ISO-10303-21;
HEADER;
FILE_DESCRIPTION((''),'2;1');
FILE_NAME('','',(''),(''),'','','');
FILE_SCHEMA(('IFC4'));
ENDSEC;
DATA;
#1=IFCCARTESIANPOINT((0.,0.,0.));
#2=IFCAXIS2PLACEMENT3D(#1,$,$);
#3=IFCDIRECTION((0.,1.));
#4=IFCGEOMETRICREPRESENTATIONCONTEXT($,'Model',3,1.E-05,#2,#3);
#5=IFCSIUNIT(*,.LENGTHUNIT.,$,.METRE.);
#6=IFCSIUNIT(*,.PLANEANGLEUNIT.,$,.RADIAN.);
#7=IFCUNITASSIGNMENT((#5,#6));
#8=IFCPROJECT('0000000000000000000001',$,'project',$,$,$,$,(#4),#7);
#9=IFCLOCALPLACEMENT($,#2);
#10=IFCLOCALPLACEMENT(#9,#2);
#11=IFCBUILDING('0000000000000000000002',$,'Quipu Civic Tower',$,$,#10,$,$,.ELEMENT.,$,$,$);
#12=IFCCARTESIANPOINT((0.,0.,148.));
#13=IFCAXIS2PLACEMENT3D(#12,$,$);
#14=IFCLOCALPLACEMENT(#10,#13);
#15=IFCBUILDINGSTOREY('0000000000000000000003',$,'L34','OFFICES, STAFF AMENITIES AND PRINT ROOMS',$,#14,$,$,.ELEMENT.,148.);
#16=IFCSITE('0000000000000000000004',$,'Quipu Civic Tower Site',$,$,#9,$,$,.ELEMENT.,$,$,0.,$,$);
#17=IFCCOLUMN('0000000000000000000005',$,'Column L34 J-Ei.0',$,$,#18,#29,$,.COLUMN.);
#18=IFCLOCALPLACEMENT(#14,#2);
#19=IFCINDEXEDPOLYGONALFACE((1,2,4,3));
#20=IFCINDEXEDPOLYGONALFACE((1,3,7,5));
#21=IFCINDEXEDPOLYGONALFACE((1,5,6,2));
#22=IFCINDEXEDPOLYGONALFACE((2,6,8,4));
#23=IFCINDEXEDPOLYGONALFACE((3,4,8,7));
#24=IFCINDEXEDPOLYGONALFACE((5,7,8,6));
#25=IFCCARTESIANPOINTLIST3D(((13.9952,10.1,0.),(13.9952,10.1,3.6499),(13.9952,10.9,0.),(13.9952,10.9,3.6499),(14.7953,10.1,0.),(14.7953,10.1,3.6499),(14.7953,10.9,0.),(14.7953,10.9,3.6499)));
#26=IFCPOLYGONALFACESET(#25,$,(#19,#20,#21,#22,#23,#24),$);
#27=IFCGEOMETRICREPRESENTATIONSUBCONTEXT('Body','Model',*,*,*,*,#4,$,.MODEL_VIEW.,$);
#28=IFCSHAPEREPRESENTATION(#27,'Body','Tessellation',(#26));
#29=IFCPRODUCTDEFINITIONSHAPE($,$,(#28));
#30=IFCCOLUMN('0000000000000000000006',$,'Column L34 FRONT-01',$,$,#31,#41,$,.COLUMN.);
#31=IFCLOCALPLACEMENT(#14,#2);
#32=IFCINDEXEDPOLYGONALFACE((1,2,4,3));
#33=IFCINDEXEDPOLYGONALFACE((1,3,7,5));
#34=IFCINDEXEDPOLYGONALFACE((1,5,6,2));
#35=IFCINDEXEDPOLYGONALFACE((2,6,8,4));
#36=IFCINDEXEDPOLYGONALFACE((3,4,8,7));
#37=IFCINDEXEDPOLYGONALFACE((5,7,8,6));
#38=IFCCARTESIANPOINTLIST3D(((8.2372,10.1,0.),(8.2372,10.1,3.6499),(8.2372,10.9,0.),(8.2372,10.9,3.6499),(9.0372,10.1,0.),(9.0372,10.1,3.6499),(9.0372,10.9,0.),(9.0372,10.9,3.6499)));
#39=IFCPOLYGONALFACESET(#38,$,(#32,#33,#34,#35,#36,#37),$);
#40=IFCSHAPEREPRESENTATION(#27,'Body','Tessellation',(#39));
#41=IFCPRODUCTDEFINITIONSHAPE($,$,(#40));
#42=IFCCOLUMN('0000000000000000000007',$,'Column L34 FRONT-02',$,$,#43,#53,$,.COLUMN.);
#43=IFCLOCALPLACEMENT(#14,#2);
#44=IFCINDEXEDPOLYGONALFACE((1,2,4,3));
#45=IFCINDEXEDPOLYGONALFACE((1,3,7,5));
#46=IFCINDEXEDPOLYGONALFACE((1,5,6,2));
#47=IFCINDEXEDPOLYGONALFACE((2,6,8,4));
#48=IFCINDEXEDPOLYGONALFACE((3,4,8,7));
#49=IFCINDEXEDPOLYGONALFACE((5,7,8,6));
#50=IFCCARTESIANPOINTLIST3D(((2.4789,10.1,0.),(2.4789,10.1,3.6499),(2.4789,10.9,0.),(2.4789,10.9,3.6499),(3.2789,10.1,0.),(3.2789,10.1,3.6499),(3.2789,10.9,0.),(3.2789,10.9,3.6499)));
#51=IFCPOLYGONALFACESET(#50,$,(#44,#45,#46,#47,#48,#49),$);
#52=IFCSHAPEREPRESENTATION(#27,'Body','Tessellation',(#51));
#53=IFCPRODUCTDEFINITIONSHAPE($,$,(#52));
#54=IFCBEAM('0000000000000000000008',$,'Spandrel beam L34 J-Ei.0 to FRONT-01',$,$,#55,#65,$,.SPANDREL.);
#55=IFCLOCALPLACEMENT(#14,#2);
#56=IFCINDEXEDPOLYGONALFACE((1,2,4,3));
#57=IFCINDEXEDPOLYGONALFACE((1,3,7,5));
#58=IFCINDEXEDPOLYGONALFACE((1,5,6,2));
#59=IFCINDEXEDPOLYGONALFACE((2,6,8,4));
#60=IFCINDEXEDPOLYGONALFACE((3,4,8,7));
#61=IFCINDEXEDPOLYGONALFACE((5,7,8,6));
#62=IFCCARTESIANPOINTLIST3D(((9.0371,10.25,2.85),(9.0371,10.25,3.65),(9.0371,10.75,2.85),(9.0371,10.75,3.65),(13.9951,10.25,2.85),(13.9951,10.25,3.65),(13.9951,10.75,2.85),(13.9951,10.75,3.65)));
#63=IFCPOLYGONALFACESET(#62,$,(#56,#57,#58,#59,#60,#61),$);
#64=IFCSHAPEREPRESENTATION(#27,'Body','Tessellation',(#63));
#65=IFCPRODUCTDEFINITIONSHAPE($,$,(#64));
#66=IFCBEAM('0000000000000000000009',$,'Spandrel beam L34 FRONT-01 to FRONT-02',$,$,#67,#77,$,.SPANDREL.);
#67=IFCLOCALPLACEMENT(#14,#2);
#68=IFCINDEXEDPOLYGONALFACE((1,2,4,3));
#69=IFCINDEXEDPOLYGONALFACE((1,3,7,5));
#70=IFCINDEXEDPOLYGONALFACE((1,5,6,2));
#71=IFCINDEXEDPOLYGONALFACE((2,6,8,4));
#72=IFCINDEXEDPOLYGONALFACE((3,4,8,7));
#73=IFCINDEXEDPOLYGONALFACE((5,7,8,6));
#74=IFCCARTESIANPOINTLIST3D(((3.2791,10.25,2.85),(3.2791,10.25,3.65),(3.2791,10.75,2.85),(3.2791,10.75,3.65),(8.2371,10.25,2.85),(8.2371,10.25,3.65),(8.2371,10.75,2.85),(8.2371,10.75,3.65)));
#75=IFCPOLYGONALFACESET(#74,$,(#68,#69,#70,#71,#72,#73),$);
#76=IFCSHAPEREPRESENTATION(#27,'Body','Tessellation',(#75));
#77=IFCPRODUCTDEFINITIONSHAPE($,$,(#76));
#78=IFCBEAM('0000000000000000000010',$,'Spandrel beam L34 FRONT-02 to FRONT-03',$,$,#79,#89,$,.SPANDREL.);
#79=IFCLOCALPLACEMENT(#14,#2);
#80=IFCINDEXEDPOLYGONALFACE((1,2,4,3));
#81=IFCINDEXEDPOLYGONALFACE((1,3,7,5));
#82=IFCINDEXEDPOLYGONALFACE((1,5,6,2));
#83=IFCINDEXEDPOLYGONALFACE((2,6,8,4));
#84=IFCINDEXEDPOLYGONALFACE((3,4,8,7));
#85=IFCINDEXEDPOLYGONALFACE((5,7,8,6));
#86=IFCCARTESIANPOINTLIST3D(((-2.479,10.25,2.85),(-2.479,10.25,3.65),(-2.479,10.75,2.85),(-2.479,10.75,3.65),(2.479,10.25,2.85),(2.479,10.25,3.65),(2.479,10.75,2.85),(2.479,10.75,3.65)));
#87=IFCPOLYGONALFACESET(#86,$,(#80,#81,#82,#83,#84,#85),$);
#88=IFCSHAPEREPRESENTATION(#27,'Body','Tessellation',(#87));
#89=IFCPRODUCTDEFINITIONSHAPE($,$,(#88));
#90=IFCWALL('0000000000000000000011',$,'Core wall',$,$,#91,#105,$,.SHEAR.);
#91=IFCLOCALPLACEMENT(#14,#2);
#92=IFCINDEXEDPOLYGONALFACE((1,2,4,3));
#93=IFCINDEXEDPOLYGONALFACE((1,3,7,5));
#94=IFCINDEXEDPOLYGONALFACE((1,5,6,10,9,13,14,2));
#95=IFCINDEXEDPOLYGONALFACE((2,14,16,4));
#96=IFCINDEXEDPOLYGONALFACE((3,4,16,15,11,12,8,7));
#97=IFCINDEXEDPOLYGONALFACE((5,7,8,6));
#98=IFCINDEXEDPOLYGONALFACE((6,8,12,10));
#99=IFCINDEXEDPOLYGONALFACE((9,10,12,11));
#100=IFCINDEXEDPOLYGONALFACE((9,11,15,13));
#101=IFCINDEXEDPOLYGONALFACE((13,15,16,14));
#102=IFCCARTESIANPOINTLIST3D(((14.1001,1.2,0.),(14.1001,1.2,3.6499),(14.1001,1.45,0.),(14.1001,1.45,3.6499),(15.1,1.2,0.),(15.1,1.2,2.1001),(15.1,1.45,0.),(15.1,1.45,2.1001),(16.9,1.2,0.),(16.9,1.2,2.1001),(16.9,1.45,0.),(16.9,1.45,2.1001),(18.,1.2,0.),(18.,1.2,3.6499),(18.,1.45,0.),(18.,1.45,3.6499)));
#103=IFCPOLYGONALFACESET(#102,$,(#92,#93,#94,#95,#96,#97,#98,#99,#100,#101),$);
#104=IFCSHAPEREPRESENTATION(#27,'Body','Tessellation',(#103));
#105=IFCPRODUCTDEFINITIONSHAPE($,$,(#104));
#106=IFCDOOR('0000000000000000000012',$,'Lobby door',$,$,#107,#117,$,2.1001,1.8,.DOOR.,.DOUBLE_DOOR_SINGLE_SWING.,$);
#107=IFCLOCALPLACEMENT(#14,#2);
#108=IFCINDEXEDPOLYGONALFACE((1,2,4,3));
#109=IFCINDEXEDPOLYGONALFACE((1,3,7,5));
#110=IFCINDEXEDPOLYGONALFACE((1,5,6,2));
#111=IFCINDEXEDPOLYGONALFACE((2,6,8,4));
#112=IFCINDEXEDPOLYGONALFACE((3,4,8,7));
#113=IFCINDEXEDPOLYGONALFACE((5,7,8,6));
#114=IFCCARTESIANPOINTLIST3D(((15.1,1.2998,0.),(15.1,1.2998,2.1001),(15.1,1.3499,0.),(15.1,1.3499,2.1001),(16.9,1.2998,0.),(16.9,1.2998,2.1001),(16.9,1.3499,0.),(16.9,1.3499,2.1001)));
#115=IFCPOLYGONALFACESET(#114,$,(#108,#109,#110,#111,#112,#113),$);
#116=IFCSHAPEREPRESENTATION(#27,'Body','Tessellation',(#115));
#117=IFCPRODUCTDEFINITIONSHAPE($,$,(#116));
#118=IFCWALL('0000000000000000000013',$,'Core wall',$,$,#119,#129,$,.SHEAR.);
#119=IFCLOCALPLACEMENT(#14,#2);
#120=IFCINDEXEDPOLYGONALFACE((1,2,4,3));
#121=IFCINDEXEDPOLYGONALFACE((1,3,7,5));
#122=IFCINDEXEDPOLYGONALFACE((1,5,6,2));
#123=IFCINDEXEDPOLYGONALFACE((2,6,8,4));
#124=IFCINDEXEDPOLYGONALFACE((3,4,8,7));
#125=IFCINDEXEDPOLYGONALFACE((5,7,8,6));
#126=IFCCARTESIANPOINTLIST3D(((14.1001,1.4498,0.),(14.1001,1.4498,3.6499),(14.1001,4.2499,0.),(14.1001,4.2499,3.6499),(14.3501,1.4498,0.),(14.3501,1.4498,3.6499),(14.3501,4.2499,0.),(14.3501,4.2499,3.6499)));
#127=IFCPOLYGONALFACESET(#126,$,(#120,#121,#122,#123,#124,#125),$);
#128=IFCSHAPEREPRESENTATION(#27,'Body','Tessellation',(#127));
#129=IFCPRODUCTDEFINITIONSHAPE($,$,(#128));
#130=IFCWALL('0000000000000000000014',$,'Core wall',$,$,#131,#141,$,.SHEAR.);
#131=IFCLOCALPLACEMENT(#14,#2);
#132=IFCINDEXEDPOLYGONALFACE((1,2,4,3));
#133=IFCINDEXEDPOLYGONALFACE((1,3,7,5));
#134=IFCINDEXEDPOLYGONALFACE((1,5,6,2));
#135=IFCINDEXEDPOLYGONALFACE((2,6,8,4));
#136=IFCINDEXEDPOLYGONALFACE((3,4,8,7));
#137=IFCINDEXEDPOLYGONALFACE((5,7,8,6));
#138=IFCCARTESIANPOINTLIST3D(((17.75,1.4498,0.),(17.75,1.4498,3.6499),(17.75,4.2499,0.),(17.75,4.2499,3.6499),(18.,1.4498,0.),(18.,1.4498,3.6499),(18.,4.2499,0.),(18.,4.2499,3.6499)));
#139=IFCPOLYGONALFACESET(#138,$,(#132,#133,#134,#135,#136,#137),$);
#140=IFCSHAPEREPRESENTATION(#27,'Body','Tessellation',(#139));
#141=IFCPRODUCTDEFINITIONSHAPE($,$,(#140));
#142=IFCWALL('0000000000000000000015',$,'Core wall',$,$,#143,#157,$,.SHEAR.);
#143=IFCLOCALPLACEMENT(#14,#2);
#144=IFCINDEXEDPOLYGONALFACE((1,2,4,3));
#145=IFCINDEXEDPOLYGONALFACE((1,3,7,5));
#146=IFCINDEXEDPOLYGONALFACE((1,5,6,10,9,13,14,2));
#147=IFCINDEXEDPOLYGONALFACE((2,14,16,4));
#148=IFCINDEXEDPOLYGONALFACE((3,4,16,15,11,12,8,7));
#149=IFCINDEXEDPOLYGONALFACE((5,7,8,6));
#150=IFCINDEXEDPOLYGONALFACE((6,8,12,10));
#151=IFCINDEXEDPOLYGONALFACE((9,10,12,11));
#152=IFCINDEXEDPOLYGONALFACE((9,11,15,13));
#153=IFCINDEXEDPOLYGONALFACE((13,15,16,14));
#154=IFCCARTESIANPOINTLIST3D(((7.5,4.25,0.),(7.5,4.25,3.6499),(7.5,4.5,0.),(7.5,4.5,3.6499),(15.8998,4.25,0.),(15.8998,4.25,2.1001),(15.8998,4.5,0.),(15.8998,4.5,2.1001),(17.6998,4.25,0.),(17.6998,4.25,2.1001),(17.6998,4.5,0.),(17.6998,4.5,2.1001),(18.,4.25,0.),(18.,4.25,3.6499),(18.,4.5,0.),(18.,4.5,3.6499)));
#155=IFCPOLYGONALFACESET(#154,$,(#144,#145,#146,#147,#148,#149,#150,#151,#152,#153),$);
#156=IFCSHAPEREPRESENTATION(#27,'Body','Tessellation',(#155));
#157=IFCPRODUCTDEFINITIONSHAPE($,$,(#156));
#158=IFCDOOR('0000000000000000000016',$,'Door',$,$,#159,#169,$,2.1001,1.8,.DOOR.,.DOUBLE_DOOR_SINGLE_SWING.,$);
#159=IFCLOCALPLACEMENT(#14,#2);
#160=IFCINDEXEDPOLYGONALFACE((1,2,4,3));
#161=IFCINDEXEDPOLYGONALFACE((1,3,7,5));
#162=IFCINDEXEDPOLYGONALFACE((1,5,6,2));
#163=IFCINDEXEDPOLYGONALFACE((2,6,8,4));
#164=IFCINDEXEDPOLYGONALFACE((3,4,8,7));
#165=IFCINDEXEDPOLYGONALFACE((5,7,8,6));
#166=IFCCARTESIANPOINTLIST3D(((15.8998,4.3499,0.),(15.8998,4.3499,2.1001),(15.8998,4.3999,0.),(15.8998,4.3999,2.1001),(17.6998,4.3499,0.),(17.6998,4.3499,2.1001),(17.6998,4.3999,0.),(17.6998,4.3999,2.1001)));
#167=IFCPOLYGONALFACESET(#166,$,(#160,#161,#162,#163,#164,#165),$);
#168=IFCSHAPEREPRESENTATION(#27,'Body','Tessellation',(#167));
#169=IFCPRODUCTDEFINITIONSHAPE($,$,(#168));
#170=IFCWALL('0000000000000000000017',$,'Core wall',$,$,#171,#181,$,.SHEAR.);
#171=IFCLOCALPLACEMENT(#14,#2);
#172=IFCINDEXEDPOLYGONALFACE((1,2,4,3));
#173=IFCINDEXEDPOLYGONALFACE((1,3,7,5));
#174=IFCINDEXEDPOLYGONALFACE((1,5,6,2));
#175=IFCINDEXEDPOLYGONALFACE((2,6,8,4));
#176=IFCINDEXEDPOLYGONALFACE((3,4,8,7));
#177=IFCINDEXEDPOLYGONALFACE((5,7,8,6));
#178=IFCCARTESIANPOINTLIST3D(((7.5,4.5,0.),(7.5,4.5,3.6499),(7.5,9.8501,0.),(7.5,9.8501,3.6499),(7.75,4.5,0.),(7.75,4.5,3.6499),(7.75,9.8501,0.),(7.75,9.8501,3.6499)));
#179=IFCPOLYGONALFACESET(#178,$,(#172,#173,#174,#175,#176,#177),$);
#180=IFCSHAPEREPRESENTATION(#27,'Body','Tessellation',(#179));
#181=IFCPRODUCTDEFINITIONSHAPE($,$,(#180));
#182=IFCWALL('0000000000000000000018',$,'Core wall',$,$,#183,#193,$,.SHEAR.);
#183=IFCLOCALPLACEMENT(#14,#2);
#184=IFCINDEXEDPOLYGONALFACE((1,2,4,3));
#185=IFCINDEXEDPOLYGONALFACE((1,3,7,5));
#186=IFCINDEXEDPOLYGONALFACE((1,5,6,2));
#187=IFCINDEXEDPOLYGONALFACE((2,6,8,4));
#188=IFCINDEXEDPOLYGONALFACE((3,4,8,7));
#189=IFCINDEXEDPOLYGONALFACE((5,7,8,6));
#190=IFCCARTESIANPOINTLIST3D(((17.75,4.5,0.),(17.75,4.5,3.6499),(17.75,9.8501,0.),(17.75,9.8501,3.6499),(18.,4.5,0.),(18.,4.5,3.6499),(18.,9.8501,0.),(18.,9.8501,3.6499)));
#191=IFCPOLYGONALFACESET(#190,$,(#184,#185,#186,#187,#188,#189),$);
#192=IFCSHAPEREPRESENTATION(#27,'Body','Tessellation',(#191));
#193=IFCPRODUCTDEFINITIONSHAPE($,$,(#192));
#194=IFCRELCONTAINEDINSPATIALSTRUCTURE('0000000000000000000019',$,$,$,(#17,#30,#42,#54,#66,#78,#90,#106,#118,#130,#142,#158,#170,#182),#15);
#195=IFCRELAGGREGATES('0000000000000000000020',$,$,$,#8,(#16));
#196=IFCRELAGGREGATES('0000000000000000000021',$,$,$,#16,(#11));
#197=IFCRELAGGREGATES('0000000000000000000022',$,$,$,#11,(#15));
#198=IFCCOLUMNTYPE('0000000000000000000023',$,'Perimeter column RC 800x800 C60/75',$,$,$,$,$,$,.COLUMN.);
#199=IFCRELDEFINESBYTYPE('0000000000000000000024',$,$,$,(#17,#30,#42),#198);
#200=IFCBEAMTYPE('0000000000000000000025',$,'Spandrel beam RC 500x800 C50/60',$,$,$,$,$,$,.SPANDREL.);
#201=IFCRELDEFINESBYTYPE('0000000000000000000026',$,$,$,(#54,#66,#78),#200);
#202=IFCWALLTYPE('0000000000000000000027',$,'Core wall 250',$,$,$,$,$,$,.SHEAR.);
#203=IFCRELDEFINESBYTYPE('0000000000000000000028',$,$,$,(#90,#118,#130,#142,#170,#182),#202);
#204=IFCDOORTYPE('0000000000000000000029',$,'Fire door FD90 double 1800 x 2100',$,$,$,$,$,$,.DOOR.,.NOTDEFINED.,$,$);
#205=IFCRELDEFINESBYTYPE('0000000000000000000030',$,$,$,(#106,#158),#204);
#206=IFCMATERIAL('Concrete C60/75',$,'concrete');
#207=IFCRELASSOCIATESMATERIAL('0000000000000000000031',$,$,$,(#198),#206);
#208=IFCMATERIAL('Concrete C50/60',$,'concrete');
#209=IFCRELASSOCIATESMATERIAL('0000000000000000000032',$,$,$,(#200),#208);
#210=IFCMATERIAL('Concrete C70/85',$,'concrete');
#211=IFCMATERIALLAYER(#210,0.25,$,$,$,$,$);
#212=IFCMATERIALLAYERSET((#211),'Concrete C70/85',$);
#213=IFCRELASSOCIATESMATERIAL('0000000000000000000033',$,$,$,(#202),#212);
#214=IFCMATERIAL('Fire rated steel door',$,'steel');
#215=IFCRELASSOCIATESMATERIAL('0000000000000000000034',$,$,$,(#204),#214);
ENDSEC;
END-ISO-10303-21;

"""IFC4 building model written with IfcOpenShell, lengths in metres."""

from ifc_helpers import new_model, si_unit, direction, frame, frame_2d, origin, origin_2d, place, context, subcontext, project, spatial, rectangle, extrude, material, layer, layer_set, material_profile, profile_set, type_object, element, fill, save


model = new_model("IFC4")

# Units and contexts
model_context = context("Model", 3, precision=1e-05, world=origin(), true_north=direction((0.0, 1.0)))
body_context = subcontext(model_context, "Body", "Model", "MODEL_VIEW")
ifc_project = project(units=[si_unit("LENGTHUNIT", "METRE"), si_unit("PLANEANGLEUNIT", "RADIAN")], contexts=[model_context])

# Site, building, storey
site_placement = place(None, origin())
site = spatial("IfcSite", under=ifc_project, at=site_placement, Name="Quipu Civic Tower Site", CompositionType="ELEMENT", RefElevation=0.0)
building_placement = place(site_placement, origin())
building = spatial("IfcBuilding", under=site, at=building_placement, Name="Quipu Civic Tower", CompositionType="ELEMENT")
storey_placement = place(building_placement, frame((0.0, 0.0, 148.0)))
storey = spatial("IfcBuildingStorey", under=building, at=storey_placement, Name="L34", Description="OFFICES, STAFF AMENITIES AND PRINT ROOMS", CompositionType="ELEMENT", Elevation=148.0)

# Columns
ifc_material_1 = material(Name="Concrete C60/75", Category="concrete")
ifc_material_profile_1 = material_profile(ifc_material_1, rectangle(XDim=0.8, YDim=0.8, at=origin_2d()), Name="RC800x800")
ifc_profile_set_1 = profile_set([ifc_material_profile_1], Name="Concrete C60/75")
column_type = type_object("IfcColumnType", Name="Perimeter column RC 800x800 C60/75", PredefinedType="COLUMN", material=ifc_profile_set_1)
for number, where, z_axis, x_axis, name in (
    (1, (14.3953, 10.5, 0.0), (0.0, 0.0, 1.0), (-1.0, 0.0, 0.0), "Column L34 J-Ei.0"),
    (2, (8.6372, 10.5, 0.0), (0.0, 0.0, 1.0), (-1.0, 0.0, 0.0), "Column L34 FRONT-01"),
    (3, (2.8789, 10.5, 0.0), (0.0, 0.0, 1.0), (-1.0, 0.0, 0.0), "Column L34 FRONT-02"),
):
    element("IfcColumn", number, at=place(storey_placement, frame(where, z_axis=z_axis, x_axis=x_axis)), inside=storey, type_object=column_type, Name=name, PredefinedType="COLUMN", context=body_context, shape_type="SweptSolid", body=[
        extrude(rectangle(XDim=0.8, YDim=0.8, at=origin_2d()), origin(), (0.0, 0.0, 1.0), 3.6499),
    ])

# Beams
ifc_material_2 = material(Name="Concrete C50/60", Category="concrete")
ifc_material_profile_2 = material_profile(ifc_material_2, rectangle(XDim=0.5, YDim=0.8, at=origin_2d()), Name="RC500x800")
ifc_profile_set_2 = profile_set([ifc_material_profile_2], Name="Concrete C50/60")
beam_type = type_object("IfcBeamType", Name="Spandrel beam RC 500x800 C50/60", PredefinedType="SPANDREL", material=ifc_profile_set_2)
for number, where, z_axis, x_axis, name in (
    (4, (13.9951, 10.5, 3.25), (-1.0, 0.0, 0.0), (0.0, -1.0, 0.0), "Spandrel beam L34 J-Ei.0 to FRONT-01"),
    (5, (8.2371, 10.5, 3.25), (-1.0, 0.0, 0.0), (0.0, -1.0, 0.0), "Spandrel beam L34 FRONT-01 to FRONT-02"),
    (6, (2.479, 10.5, 3.25), (-1.0, 0.0, 0.0), (0.0, -1.0, 0.0), "Spandrel beam L34 FRONT-02 to FRONT-03"),
):
    element("IfcBeam", number, at=place(storey_placement, frame(where, z_axis=z_axis, x_axis=x_axis)), inside=storey, type_object=beam_type, Name=name, PredefinedType="SPANDREL", context=body_context, shape_type="SweptSolid", body=[
        extrude(rectangle(XDim=0.5, YDim=0.8, at=origin_2d()), origin(), (0.0, 0.0, 1.0), 4.958),
    ])

# Wall, opening, door
ifc_material_3 = material(Name="Concrete C70/85", Category="concrete")
ifc_layer_1 = layer(ifc_material_3, 0.25)
ifc_layer_set_1 = layer_set([ifc_layer_1], Name="Concrete C70/85")
wall_type_1 = type_object("IfcWallType", Name="Core wall 250", PredefinedType="SHEAR", material=ifc_layer_set_1)
wall_1_placement = place(storey_placement, frame((14.1001, 1.325, 0.0), z_axis=(0.0, 0.0, 1.0), x_axis=(1.0, 0.0, 0.0)))
wall_1 = element("IfcWall", 7, at=wall_1_placement, inside=storey, type_object=wall_type_1, Name="Core wall", PredefinedType="SHEAR", context=body_context, shape_type="SweptSolid", body=[
    extrude(rectangle(XDim=3.8999, YDim=0.25, at=frame_2d((1.95, 0.0))), origin(), (0.0, 0.0, 1.0), 3.6499),
])
opening_1_placement = place(wall_1_placement, frame((1.0, 0.0, 0.0)))
opening_1 = element("IfcOpeningElement", 8, at=opening_1_placement, cuts=wall_1, PredefinedType="OPENING", context=body_context, shape_type="SweptSolid", body=[
    extrude(rectangle(XDim=1.8, YDim=2.1001, at=frame_2d((0.8999, 1.05))), frame((0.0, 0.135, 0.0), z_axis=(0.0, -1.0, 0.0), x_axis=(1.0, 0.0, 0.0)), (0.0, 0.0, 1.0), 0.27),
])
ifc_material_4 = material(Name="Fire rated steel door", Category="steel")
door_type_1 = type_object("IfcDoorType", Name="Fire door FD90 double 1800 x 2100", OperationType="NOTDEFINED", PredefinedType="DOOR", material=ifc_material_4)
door_1_placement = place(opening_1_placement, origin())
door_1 = element("IfcDoor", 9, at=door_1_placement, inside=storey, type_object=door_type_1, Name="Lobby door", OperationType="DOUBLE_DOOR_SINGLE_SWING", OverallHeight=2.1001, OverallWidth=1.8, PredefinedType="DOOR", context=body_context, shape_type="SweptSolid", body=[
    extrude(rectangle(XDim=1.8, YDim=2.1001, at=frame_2d((0.8999, 1.05))), frame((0.0, 0.0249, 0.0), z_axis=(0.0, -1.0, 0.0), x_axis=(1.0, 0.0, 0.0)), (0.0, 0.0, 1.0), 0.05),
])
fill(opening_1, door_1)

# Walls
for number, where, z_axis, x_axis, name in (
    (10, (14.2251, 1.45, 0.0), (0.0, 0.0, 1.0), (0.0, 1.0, 0.0), "Core wall"),
    (11, (17.875, 1.45, 0.0), (0.0, 0.0, 1.0), (0.0, 1.0, 0.0), "Core wall"),
):
    element("IfcWall", number, at=place(storey_placement, frame(where, z_axis=z_axis, x_axis=x_axis)), inside=storey, type_object=wall_type_1, Name=name, PredefinedType="SHEAR", context=body_context, shape_type="SweptSolid", body=[
        extrude(rectangle(XDim=2.8, YDim=0.25, at=frame_2d((1.3999, 0.0))), origin(), (0.0, 0.0, 1.0), 3.6499),
    ])

# Wall, opening, door
wall_2_placement = place(storey_placement, frame((7.5, 4.375, 0.0), z_axis=(0.0, 0.0, 1.0), x_axis=(1.0, 0.0, 0.0)))
wall_2 = element("IfcWall", 12, at=wall_2_placement, inside=storey, type_object=wall_type_1, Name="Core wall", PredefinedType="SHEAR", context=body_context, shape_type="SweptSolid", body=[
    extrude(rectangle(XDim=10.5, YDim=0.25, at=frame_2d((5.25, 0.0))), origin(), (0.0, 0.0, 1.0), 3.6499),
])
opening_2_placement = place(wall_2_placement, frame((8.3999, 0.0, 0.0)))
opening_2 = element("IfcOpeningElement", 13, at=opening_2_placement, cuts=wall_2, PredefinedType="OPENING", context=body_context, shape_type="SweptSolid", body=[
    extrude(rectangle(XDim=1.8, YDim=2.1001, at=frame_2d((0.8999, 1.05))), frame((0.0, 0.135, 0.0), z_axis=(0.0, -1.0, 0.0), x_axis=(1.0, 0.0, 0.0)), (0.0, 0.0, 1.0), 0.27),
])
door_2_placement = place(opening_2_placement, origin())
door_2 = element("IfcDoor", 14, at=door_2_placement, inside=storey, type_object=door_type_1, Name="Door", OperationType="DOUBLE_DOOR_SINGLE_SWING", OverallHeight=2.1001, OverallWidth=1.8, PredefinedType="DOOR", context=body_context, shape_type="SweptSolid", body=[
    extrude(rectangle(XDim=1.8, YDim=2.1001, at=frame_2d((0.8999, 1.05))), frame((0.0, 0.0249, 0.0), z_axis=(0.0, -1.0, 0.0), x_axis=(1.0, 0.0, 0.0)), (0.0, 0.0, 1.0), 0.05),
])
fill(opening_2, door_2)

# Walls
for number, where, z_axis, x_axis, name in (
    (15, (7.625, 4.5, 0.0), (0.0, 0.0, 1.0), (0.0, 1.0, 0.0), "Core wall"),
    (16, (17.875, 4.5, 0.0), (0.0, 0.0, 1.0), (0.0, 1.0, 0.0), "Core wall"),
):
    element("IfcWall", number, at=place(storey_placement, frame(where, z_axis=z_axis, x_axis=x_axis)), inside=storey, type_object=wall_type_1, Name=name, PredefinedType="SHEAR", context=body_context, shape_type="SweptSolid", body=[
        extrude(rectangle(XDim=5.3501, YDim=0.25, at=frame_2d((2.675, 0.0))), origin(), (0.0, 0.0, 1.0), 3.6499),
    ])

save(model, "model.ifc")
